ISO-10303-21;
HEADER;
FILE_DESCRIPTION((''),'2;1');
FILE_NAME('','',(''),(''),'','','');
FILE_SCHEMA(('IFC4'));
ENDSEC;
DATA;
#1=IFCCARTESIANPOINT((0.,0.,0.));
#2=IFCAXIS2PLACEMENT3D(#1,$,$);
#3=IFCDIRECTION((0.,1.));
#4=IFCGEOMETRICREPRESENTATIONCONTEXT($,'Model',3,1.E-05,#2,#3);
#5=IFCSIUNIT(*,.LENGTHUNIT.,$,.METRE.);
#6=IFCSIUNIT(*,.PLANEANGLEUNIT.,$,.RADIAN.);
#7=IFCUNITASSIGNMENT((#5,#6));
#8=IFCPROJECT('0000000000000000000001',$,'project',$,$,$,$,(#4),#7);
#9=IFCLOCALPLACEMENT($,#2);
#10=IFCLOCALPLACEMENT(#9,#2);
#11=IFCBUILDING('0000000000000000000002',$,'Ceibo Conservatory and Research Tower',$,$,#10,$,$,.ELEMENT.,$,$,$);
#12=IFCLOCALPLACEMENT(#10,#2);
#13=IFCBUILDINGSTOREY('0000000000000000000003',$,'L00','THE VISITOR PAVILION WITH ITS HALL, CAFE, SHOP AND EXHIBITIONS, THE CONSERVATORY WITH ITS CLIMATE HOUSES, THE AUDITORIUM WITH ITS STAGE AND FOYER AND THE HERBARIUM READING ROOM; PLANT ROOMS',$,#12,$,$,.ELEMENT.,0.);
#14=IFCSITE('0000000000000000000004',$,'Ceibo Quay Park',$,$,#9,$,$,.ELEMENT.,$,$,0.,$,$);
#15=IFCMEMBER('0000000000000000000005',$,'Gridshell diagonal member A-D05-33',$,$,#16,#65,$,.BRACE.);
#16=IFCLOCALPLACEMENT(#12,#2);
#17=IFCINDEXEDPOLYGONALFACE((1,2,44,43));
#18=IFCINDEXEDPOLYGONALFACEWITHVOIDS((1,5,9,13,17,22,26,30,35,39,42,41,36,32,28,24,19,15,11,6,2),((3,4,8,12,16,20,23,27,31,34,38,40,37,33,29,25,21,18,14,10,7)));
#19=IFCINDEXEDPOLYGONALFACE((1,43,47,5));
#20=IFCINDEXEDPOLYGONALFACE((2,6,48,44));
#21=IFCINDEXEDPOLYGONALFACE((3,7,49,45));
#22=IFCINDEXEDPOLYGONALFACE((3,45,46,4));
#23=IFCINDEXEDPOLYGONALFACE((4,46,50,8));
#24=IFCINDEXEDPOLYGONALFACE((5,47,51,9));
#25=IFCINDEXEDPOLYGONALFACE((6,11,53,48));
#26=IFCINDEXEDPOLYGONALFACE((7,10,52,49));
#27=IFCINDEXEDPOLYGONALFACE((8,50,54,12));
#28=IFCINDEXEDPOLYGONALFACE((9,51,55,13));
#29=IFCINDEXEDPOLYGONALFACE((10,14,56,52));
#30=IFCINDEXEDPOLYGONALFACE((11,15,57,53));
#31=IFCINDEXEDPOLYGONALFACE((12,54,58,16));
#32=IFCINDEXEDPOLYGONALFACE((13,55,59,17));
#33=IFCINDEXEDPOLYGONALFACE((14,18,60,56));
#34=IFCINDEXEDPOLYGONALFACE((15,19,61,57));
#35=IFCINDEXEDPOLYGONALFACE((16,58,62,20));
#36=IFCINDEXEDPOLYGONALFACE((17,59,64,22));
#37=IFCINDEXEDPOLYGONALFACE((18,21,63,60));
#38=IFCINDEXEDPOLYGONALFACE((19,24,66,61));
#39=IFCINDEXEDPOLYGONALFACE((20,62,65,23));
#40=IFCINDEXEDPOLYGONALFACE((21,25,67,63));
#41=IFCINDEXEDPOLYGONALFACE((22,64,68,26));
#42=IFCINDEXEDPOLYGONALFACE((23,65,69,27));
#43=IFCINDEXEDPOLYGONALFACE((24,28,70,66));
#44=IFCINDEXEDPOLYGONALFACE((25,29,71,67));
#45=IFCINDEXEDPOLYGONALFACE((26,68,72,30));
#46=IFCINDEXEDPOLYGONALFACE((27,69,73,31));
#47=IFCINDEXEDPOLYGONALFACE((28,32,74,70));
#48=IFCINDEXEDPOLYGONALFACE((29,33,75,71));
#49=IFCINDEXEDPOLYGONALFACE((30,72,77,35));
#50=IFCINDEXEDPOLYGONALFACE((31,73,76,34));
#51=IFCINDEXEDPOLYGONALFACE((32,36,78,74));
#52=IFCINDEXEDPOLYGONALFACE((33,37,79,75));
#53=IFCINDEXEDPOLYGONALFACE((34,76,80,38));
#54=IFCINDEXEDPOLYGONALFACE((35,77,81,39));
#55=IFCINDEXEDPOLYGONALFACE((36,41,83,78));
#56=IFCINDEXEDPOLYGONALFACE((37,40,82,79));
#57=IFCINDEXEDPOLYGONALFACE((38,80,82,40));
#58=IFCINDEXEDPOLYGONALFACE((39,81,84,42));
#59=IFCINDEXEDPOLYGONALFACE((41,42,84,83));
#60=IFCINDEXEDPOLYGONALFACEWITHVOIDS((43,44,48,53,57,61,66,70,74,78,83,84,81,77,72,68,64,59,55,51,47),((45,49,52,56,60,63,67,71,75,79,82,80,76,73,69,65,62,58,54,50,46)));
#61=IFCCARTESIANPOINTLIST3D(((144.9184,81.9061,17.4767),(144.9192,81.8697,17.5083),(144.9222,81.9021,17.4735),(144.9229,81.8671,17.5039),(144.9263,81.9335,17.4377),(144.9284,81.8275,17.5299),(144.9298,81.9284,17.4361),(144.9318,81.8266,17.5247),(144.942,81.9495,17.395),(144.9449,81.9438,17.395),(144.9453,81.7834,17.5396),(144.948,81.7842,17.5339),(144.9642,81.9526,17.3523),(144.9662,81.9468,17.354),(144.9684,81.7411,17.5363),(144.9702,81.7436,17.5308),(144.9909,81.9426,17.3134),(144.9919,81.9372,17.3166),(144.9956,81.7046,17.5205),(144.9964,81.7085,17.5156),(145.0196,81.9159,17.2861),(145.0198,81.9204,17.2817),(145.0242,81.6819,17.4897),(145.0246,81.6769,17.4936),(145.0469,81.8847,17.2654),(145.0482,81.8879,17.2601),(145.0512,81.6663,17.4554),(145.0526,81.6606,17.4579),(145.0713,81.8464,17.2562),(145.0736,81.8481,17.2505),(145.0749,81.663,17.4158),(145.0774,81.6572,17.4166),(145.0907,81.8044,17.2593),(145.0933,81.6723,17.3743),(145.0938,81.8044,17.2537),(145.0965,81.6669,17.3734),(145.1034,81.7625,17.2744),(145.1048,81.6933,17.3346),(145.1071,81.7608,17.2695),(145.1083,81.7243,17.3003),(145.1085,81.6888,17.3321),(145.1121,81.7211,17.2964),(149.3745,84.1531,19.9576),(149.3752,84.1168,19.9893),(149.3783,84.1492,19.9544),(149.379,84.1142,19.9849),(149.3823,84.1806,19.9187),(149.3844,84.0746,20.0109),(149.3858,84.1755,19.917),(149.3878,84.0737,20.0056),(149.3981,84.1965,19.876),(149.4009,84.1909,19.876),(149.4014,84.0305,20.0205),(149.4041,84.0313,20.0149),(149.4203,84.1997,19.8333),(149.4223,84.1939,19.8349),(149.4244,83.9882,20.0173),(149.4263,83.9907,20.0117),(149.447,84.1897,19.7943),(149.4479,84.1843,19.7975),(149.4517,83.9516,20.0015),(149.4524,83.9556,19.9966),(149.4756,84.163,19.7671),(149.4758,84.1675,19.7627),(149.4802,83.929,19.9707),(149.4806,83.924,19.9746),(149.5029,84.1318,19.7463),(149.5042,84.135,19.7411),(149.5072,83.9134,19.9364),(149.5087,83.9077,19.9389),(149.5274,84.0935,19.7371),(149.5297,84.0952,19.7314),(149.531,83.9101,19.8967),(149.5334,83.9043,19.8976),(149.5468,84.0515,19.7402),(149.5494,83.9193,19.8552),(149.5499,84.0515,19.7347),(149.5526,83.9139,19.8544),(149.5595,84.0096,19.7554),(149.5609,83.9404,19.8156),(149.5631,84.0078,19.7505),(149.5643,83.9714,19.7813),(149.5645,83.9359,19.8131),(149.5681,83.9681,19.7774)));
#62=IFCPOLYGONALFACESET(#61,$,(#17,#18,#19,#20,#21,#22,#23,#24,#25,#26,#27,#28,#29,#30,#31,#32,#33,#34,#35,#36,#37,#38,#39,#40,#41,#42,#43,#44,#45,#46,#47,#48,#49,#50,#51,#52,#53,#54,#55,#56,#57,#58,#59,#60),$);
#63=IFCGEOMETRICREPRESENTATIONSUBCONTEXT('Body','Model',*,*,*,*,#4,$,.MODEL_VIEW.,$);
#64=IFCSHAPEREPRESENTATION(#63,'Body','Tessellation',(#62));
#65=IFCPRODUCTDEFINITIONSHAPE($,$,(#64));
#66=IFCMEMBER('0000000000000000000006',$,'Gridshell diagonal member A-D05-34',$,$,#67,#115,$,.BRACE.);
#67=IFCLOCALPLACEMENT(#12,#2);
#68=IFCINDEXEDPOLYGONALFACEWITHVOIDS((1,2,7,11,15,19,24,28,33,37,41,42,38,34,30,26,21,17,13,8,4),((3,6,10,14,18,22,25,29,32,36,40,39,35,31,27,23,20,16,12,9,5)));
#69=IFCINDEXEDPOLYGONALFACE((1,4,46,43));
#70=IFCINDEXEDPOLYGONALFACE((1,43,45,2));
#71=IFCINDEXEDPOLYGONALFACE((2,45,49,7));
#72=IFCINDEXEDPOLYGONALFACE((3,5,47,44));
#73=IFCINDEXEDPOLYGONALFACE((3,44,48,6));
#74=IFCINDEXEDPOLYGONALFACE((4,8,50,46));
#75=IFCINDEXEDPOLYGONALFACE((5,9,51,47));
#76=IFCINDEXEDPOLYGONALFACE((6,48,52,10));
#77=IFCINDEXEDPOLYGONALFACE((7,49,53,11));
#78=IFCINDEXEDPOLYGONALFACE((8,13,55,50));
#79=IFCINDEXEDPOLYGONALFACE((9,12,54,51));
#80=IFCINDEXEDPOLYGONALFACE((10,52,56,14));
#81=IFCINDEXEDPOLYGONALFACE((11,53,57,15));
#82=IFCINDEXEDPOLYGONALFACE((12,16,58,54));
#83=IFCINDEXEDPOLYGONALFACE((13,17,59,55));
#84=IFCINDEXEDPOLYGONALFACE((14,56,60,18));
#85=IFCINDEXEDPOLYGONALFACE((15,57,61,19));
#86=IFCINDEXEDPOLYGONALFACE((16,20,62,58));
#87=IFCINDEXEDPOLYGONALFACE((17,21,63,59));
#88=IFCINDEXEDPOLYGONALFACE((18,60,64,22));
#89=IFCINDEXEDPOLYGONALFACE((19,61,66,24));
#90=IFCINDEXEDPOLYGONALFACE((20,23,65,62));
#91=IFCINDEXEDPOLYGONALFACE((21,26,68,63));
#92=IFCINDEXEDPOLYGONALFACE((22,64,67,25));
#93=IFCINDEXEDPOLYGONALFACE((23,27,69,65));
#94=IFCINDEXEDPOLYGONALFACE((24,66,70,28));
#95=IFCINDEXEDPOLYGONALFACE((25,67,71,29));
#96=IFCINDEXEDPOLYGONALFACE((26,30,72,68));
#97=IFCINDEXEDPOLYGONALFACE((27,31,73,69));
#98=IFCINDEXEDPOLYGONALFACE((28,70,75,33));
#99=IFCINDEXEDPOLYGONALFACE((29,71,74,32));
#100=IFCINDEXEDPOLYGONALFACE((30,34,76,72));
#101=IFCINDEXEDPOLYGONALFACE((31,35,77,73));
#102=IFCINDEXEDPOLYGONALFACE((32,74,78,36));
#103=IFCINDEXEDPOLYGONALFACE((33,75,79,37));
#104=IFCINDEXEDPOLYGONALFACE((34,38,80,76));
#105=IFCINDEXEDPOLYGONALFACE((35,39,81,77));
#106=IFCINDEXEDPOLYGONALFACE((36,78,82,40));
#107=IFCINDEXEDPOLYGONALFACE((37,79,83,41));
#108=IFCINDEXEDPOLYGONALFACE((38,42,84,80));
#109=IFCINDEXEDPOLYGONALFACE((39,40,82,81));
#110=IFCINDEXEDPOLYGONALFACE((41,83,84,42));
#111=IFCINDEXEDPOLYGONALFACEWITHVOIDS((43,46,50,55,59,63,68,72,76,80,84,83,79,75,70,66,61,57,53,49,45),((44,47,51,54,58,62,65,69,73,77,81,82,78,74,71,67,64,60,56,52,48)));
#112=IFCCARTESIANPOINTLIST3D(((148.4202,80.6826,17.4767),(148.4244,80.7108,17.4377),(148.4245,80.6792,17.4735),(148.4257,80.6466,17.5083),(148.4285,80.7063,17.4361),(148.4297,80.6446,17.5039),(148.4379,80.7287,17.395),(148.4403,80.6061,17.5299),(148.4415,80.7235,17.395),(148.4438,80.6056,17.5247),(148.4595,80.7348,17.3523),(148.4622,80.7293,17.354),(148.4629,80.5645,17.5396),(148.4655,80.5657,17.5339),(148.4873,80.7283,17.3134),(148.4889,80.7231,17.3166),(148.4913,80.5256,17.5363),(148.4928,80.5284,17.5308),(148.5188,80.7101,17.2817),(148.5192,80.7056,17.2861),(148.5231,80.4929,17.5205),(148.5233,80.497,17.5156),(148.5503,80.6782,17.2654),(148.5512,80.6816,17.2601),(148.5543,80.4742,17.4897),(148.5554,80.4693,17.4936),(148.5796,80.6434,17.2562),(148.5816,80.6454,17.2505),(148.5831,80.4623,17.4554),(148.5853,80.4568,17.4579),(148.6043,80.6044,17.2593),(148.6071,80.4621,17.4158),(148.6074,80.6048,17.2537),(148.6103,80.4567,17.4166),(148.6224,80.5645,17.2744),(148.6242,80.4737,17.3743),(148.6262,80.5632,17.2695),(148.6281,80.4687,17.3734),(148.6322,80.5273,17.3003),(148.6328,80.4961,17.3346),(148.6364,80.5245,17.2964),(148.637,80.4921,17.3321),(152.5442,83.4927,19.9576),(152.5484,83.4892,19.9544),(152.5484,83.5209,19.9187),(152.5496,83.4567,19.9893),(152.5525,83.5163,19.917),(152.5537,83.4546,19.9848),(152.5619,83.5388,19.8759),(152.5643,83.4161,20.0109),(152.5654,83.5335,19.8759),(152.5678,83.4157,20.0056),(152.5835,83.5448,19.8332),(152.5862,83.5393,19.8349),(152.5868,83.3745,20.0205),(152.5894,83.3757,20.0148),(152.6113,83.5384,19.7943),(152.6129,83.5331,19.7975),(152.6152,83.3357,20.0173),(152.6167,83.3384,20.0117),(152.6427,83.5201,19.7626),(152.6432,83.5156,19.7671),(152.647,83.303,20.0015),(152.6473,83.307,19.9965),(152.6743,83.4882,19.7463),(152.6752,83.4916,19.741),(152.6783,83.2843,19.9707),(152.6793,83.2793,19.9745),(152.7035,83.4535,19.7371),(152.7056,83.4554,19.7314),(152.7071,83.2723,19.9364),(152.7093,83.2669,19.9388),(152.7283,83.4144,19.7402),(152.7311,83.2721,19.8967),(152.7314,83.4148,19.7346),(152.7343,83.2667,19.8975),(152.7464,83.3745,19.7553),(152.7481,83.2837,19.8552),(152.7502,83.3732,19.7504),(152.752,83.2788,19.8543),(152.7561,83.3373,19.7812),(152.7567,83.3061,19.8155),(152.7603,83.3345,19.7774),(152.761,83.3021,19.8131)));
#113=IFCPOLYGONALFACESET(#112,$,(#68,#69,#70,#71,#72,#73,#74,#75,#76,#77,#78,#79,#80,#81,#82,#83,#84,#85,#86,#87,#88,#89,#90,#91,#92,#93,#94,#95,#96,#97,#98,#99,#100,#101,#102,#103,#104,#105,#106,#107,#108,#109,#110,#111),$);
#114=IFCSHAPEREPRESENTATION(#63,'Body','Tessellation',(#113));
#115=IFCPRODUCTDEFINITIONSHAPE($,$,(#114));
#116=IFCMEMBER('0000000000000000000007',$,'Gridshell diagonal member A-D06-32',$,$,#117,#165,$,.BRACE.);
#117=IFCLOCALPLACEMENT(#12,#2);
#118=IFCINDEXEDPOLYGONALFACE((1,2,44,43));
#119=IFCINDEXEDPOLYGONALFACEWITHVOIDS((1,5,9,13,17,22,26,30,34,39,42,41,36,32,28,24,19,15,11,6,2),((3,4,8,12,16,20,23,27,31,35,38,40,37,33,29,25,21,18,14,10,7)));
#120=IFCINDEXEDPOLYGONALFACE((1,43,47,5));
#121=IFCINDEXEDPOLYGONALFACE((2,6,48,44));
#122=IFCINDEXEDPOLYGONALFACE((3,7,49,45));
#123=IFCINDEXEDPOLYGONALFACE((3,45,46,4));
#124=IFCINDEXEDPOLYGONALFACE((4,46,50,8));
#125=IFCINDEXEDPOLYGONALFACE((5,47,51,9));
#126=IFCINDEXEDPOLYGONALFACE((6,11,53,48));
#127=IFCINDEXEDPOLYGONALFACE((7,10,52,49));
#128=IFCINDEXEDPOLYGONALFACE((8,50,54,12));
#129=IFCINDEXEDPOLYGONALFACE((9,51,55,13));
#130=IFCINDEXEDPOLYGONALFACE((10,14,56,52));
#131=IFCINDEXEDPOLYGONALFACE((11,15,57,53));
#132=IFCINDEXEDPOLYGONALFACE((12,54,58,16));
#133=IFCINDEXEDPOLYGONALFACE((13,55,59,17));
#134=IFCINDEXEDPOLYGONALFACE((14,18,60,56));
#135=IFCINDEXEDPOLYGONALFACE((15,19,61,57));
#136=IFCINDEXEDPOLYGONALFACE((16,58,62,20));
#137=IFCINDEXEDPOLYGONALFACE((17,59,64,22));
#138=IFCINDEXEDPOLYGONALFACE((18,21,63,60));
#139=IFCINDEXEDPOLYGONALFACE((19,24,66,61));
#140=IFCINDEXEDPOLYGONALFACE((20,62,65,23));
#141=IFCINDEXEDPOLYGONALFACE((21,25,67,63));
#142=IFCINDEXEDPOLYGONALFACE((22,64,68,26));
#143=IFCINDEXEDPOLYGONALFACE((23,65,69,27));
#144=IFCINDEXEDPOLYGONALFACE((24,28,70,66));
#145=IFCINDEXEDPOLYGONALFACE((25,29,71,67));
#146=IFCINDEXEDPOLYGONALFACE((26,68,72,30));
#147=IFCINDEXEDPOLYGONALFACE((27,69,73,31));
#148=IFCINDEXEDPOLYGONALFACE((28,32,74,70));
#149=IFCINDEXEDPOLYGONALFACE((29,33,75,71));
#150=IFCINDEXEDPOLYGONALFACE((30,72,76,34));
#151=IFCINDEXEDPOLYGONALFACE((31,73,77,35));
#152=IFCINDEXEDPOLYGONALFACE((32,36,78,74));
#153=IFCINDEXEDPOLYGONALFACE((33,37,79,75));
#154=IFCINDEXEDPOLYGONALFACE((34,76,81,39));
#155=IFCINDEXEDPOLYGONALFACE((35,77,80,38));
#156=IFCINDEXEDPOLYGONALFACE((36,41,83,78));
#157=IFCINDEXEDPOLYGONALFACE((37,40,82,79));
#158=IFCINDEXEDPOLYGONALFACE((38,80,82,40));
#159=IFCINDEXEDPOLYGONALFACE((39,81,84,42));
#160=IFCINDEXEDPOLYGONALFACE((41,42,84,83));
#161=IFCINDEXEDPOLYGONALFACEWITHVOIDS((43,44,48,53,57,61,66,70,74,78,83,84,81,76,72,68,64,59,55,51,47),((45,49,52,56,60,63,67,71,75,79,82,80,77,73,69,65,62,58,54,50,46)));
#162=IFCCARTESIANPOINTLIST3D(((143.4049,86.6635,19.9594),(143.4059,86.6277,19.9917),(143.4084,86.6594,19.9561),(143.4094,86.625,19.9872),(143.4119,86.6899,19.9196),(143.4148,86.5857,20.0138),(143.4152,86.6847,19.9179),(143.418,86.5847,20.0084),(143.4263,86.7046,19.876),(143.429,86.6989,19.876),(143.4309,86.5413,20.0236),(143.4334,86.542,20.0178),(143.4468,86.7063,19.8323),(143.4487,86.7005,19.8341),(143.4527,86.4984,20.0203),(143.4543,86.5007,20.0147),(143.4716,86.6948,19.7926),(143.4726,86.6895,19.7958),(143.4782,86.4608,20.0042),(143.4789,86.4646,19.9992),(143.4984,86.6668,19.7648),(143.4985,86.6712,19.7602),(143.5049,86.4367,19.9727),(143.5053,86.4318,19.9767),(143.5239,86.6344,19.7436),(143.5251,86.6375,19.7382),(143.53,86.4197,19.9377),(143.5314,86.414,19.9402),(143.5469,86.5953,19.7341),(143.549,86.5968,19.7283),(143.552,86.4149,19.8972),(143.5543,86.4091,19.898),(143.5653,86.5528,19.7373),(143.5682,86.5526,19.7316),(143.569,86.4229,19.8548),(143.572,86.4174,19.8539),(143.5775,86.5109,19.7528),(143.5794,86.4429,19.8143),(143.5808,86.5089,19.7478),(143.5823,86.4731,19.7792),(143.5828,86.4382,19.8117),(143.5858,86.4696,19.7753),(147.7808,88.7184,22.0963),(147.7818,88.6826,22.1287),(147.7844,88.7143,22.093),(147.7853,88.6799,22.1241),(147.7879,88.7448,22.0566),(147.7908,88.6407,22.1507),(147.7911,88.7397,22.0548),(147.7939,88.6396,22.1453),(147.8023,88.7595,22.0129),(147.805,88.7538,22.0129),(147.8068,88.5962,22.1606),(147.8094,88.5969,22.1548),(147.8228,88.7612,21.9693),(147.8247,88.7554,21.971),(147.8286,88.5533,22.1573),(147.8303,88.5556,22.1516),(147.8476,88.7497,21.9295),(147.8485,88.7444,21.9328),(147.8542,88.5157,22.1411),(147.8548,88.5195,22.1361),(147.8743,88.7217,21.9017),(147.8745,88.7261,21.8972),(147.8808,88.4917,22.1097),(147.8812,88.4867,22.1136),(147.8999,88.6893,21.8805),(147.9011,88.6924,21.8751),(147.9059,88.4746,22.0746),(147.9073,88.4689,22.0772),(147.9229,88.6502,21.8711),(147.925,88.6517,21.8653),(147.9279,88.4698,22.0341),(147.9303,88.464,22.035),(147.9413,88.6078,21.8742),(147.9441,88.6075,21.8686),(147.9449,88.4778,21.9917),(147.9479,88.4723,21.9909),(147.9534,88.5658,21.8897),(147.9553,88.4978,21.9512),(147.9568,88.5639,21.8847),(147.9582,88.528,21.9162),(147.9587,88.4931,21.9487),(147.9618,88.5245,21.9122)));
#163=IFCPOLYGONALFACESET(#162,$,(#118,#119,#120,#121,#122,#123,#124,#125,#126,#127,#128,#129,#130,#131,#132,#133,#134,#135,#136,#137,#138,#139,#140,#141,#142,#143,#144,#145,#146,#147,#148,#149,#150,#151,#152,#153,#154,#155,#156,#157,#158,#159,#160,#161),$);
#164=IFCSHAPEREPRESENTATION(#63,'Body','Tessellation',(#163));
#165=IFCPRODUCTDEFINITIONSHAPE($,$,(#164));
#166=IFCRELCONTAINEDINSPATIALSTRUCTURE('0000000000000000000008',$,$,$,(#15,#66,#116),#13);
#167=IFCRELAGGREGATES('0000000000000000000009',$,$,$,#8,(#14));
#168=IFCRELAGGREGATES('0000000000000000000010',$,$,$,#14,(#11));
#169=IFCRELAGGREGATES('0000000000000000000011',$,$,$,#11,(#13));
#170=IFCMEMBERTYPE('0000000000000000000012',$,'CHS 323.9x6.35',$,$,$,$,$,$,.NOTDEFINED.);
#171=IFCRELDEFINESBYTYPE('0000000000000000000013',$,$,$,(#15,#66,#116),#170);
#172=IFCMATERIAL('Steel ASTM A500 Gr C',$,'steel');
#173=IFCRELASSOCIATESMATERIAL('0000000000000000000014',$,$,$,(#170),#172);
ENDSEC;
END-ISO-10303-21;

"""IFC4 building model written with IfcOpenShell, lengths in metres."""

from ifc_helpers import new_model, si_unit, direction, frame, origin, origin_2d, place, context, subcontext, project, spatial, hollow_circle, extrude, material, material_profile, profile_set, type_object, element, save


model = new_model("IFC4")

# Units and contexts
model_context = context("Model", 3, precision=1e-05, world=origin(), true_north=direction((0.0, 1.0)))
body_context = subcontext(model_context, "Body", "Model", "MODEL_VIEW")
ifc_project = project(units=[si_unit("LENGTHUNIT", "METRE"), si_unit("PLANEANGLEUNIT", "RADIAN")], contexts=[model_context])

# Site, building, storey
site_placement = place(None, origin())
site = spatial("IfcSite", under=ifc_project, at=site_placement, Name="Ceibo Quay Park", CompositionType="ELEMENT", RefElevation=0.0)
building_placement = place(site_placement, origin())
building = spatial("IfcBuilding", under=site, at=building_placement, Name="Ceibo Conservatory and Research Tower", CompositionType="ELEMENT")
storey_placement = place(building_placement, origin())
storey = spatial("IfcBuildingStorey", under=building, at=storey_placement, Name="L00", Description="THE VISITOR PAVILION WITH ITS HALL, CAFE, SHOP AND EXHIBITIONS, THE CONSERVATORY WITH ITS CLIMATE HOUSES, THE AUDITORIUM WITH ITS STAGE AND FOYER AND THE HERBARIUM READING ROOM; PLANT ROOMS", CompositionType="ELEMENT", Elevation=0.0)

# Members
ifc_material_1 = material(Name="Steel ASTM A500 Gr C", Category="steel")
ifc_material_profile_1 = material_profile(ifc_material_1, hollow_circle(Radius=0.1619, WallThickness=0.0063, at=origin_2d()), Name="CHS 323.9x6.35")
ifc_profile_set_1 = profile_set([ifc_material_profile_1], Name="Steel ASTM A500 Gr C")
member_type_1 = type_object("IfcMemberType", Name="CHS 323.9x6.35", PredefinedType="NOTDEFINED", material=ifc_profile_set_1)
member_1_placement = place(storey_placement, frame((145.0149, 81.8049, 17.395), z_axis=(0.799546, 0.40319, 0.445156), x_axis=(-0.450264, 0.892896, 0.0)))
element("IfcMember", 1, at=member_1_placement, inside=storey, type_object=member_type_1, Name="Gridshell diagonal member A-D05-33", PredefinedType="BRACE", context=body_context, shape_type="SweptSolid", body=[
    extrude(hollow_circle(Radius=0.1619, WallThickness=0.0063, at=origin_2d()), origin(), (0.0, 0.0, 1.0), 5.5732),
])
member_2_placement = place(storey_placement, frame((148.5291, 80.595, 17.395), z_axis=(0.739991, 0.504221, 0.445169), x_axis=(-0.563094, 0.826393, 0.0)))
element("IfcMember", 2, at=member_2_placement, inside=storey, type_object=member_type_1, Name="Gridshell diagonal member A-D05-34", PredefinedType="BRACE", context=body_context, shape_type="SweptSolid", body=[
    extrude(hollow_circle(Radius=0.1619, WallThickness=0.0063, at=origin_2d()), origin(), (0.0, 0.0, 1.0), 5.573),
])
member_3_placement = place(storey_placement, frame((143.4951, 86.5581, 19.876), z_axis=(0.827891, 0.388773, 0.404292), x_axis=(-0.42506, 0.905165, 0.0)))
element("IfcMember", 3, at=member_3_placement, inside=storey, type_object=member_type_1, Name="Gridshell diagonal member A-D06-32", PredefinedType="BRACE", context=body_context, shape_type="SweptSolid", body=[
    extrude(hollow_circle(Radius=0.1619, WallThickness=0.0063, at=origin_2d()), origin(), (0.0, 0.0, 1.0), 5.2856),
])

save(model, "model.ifc")
